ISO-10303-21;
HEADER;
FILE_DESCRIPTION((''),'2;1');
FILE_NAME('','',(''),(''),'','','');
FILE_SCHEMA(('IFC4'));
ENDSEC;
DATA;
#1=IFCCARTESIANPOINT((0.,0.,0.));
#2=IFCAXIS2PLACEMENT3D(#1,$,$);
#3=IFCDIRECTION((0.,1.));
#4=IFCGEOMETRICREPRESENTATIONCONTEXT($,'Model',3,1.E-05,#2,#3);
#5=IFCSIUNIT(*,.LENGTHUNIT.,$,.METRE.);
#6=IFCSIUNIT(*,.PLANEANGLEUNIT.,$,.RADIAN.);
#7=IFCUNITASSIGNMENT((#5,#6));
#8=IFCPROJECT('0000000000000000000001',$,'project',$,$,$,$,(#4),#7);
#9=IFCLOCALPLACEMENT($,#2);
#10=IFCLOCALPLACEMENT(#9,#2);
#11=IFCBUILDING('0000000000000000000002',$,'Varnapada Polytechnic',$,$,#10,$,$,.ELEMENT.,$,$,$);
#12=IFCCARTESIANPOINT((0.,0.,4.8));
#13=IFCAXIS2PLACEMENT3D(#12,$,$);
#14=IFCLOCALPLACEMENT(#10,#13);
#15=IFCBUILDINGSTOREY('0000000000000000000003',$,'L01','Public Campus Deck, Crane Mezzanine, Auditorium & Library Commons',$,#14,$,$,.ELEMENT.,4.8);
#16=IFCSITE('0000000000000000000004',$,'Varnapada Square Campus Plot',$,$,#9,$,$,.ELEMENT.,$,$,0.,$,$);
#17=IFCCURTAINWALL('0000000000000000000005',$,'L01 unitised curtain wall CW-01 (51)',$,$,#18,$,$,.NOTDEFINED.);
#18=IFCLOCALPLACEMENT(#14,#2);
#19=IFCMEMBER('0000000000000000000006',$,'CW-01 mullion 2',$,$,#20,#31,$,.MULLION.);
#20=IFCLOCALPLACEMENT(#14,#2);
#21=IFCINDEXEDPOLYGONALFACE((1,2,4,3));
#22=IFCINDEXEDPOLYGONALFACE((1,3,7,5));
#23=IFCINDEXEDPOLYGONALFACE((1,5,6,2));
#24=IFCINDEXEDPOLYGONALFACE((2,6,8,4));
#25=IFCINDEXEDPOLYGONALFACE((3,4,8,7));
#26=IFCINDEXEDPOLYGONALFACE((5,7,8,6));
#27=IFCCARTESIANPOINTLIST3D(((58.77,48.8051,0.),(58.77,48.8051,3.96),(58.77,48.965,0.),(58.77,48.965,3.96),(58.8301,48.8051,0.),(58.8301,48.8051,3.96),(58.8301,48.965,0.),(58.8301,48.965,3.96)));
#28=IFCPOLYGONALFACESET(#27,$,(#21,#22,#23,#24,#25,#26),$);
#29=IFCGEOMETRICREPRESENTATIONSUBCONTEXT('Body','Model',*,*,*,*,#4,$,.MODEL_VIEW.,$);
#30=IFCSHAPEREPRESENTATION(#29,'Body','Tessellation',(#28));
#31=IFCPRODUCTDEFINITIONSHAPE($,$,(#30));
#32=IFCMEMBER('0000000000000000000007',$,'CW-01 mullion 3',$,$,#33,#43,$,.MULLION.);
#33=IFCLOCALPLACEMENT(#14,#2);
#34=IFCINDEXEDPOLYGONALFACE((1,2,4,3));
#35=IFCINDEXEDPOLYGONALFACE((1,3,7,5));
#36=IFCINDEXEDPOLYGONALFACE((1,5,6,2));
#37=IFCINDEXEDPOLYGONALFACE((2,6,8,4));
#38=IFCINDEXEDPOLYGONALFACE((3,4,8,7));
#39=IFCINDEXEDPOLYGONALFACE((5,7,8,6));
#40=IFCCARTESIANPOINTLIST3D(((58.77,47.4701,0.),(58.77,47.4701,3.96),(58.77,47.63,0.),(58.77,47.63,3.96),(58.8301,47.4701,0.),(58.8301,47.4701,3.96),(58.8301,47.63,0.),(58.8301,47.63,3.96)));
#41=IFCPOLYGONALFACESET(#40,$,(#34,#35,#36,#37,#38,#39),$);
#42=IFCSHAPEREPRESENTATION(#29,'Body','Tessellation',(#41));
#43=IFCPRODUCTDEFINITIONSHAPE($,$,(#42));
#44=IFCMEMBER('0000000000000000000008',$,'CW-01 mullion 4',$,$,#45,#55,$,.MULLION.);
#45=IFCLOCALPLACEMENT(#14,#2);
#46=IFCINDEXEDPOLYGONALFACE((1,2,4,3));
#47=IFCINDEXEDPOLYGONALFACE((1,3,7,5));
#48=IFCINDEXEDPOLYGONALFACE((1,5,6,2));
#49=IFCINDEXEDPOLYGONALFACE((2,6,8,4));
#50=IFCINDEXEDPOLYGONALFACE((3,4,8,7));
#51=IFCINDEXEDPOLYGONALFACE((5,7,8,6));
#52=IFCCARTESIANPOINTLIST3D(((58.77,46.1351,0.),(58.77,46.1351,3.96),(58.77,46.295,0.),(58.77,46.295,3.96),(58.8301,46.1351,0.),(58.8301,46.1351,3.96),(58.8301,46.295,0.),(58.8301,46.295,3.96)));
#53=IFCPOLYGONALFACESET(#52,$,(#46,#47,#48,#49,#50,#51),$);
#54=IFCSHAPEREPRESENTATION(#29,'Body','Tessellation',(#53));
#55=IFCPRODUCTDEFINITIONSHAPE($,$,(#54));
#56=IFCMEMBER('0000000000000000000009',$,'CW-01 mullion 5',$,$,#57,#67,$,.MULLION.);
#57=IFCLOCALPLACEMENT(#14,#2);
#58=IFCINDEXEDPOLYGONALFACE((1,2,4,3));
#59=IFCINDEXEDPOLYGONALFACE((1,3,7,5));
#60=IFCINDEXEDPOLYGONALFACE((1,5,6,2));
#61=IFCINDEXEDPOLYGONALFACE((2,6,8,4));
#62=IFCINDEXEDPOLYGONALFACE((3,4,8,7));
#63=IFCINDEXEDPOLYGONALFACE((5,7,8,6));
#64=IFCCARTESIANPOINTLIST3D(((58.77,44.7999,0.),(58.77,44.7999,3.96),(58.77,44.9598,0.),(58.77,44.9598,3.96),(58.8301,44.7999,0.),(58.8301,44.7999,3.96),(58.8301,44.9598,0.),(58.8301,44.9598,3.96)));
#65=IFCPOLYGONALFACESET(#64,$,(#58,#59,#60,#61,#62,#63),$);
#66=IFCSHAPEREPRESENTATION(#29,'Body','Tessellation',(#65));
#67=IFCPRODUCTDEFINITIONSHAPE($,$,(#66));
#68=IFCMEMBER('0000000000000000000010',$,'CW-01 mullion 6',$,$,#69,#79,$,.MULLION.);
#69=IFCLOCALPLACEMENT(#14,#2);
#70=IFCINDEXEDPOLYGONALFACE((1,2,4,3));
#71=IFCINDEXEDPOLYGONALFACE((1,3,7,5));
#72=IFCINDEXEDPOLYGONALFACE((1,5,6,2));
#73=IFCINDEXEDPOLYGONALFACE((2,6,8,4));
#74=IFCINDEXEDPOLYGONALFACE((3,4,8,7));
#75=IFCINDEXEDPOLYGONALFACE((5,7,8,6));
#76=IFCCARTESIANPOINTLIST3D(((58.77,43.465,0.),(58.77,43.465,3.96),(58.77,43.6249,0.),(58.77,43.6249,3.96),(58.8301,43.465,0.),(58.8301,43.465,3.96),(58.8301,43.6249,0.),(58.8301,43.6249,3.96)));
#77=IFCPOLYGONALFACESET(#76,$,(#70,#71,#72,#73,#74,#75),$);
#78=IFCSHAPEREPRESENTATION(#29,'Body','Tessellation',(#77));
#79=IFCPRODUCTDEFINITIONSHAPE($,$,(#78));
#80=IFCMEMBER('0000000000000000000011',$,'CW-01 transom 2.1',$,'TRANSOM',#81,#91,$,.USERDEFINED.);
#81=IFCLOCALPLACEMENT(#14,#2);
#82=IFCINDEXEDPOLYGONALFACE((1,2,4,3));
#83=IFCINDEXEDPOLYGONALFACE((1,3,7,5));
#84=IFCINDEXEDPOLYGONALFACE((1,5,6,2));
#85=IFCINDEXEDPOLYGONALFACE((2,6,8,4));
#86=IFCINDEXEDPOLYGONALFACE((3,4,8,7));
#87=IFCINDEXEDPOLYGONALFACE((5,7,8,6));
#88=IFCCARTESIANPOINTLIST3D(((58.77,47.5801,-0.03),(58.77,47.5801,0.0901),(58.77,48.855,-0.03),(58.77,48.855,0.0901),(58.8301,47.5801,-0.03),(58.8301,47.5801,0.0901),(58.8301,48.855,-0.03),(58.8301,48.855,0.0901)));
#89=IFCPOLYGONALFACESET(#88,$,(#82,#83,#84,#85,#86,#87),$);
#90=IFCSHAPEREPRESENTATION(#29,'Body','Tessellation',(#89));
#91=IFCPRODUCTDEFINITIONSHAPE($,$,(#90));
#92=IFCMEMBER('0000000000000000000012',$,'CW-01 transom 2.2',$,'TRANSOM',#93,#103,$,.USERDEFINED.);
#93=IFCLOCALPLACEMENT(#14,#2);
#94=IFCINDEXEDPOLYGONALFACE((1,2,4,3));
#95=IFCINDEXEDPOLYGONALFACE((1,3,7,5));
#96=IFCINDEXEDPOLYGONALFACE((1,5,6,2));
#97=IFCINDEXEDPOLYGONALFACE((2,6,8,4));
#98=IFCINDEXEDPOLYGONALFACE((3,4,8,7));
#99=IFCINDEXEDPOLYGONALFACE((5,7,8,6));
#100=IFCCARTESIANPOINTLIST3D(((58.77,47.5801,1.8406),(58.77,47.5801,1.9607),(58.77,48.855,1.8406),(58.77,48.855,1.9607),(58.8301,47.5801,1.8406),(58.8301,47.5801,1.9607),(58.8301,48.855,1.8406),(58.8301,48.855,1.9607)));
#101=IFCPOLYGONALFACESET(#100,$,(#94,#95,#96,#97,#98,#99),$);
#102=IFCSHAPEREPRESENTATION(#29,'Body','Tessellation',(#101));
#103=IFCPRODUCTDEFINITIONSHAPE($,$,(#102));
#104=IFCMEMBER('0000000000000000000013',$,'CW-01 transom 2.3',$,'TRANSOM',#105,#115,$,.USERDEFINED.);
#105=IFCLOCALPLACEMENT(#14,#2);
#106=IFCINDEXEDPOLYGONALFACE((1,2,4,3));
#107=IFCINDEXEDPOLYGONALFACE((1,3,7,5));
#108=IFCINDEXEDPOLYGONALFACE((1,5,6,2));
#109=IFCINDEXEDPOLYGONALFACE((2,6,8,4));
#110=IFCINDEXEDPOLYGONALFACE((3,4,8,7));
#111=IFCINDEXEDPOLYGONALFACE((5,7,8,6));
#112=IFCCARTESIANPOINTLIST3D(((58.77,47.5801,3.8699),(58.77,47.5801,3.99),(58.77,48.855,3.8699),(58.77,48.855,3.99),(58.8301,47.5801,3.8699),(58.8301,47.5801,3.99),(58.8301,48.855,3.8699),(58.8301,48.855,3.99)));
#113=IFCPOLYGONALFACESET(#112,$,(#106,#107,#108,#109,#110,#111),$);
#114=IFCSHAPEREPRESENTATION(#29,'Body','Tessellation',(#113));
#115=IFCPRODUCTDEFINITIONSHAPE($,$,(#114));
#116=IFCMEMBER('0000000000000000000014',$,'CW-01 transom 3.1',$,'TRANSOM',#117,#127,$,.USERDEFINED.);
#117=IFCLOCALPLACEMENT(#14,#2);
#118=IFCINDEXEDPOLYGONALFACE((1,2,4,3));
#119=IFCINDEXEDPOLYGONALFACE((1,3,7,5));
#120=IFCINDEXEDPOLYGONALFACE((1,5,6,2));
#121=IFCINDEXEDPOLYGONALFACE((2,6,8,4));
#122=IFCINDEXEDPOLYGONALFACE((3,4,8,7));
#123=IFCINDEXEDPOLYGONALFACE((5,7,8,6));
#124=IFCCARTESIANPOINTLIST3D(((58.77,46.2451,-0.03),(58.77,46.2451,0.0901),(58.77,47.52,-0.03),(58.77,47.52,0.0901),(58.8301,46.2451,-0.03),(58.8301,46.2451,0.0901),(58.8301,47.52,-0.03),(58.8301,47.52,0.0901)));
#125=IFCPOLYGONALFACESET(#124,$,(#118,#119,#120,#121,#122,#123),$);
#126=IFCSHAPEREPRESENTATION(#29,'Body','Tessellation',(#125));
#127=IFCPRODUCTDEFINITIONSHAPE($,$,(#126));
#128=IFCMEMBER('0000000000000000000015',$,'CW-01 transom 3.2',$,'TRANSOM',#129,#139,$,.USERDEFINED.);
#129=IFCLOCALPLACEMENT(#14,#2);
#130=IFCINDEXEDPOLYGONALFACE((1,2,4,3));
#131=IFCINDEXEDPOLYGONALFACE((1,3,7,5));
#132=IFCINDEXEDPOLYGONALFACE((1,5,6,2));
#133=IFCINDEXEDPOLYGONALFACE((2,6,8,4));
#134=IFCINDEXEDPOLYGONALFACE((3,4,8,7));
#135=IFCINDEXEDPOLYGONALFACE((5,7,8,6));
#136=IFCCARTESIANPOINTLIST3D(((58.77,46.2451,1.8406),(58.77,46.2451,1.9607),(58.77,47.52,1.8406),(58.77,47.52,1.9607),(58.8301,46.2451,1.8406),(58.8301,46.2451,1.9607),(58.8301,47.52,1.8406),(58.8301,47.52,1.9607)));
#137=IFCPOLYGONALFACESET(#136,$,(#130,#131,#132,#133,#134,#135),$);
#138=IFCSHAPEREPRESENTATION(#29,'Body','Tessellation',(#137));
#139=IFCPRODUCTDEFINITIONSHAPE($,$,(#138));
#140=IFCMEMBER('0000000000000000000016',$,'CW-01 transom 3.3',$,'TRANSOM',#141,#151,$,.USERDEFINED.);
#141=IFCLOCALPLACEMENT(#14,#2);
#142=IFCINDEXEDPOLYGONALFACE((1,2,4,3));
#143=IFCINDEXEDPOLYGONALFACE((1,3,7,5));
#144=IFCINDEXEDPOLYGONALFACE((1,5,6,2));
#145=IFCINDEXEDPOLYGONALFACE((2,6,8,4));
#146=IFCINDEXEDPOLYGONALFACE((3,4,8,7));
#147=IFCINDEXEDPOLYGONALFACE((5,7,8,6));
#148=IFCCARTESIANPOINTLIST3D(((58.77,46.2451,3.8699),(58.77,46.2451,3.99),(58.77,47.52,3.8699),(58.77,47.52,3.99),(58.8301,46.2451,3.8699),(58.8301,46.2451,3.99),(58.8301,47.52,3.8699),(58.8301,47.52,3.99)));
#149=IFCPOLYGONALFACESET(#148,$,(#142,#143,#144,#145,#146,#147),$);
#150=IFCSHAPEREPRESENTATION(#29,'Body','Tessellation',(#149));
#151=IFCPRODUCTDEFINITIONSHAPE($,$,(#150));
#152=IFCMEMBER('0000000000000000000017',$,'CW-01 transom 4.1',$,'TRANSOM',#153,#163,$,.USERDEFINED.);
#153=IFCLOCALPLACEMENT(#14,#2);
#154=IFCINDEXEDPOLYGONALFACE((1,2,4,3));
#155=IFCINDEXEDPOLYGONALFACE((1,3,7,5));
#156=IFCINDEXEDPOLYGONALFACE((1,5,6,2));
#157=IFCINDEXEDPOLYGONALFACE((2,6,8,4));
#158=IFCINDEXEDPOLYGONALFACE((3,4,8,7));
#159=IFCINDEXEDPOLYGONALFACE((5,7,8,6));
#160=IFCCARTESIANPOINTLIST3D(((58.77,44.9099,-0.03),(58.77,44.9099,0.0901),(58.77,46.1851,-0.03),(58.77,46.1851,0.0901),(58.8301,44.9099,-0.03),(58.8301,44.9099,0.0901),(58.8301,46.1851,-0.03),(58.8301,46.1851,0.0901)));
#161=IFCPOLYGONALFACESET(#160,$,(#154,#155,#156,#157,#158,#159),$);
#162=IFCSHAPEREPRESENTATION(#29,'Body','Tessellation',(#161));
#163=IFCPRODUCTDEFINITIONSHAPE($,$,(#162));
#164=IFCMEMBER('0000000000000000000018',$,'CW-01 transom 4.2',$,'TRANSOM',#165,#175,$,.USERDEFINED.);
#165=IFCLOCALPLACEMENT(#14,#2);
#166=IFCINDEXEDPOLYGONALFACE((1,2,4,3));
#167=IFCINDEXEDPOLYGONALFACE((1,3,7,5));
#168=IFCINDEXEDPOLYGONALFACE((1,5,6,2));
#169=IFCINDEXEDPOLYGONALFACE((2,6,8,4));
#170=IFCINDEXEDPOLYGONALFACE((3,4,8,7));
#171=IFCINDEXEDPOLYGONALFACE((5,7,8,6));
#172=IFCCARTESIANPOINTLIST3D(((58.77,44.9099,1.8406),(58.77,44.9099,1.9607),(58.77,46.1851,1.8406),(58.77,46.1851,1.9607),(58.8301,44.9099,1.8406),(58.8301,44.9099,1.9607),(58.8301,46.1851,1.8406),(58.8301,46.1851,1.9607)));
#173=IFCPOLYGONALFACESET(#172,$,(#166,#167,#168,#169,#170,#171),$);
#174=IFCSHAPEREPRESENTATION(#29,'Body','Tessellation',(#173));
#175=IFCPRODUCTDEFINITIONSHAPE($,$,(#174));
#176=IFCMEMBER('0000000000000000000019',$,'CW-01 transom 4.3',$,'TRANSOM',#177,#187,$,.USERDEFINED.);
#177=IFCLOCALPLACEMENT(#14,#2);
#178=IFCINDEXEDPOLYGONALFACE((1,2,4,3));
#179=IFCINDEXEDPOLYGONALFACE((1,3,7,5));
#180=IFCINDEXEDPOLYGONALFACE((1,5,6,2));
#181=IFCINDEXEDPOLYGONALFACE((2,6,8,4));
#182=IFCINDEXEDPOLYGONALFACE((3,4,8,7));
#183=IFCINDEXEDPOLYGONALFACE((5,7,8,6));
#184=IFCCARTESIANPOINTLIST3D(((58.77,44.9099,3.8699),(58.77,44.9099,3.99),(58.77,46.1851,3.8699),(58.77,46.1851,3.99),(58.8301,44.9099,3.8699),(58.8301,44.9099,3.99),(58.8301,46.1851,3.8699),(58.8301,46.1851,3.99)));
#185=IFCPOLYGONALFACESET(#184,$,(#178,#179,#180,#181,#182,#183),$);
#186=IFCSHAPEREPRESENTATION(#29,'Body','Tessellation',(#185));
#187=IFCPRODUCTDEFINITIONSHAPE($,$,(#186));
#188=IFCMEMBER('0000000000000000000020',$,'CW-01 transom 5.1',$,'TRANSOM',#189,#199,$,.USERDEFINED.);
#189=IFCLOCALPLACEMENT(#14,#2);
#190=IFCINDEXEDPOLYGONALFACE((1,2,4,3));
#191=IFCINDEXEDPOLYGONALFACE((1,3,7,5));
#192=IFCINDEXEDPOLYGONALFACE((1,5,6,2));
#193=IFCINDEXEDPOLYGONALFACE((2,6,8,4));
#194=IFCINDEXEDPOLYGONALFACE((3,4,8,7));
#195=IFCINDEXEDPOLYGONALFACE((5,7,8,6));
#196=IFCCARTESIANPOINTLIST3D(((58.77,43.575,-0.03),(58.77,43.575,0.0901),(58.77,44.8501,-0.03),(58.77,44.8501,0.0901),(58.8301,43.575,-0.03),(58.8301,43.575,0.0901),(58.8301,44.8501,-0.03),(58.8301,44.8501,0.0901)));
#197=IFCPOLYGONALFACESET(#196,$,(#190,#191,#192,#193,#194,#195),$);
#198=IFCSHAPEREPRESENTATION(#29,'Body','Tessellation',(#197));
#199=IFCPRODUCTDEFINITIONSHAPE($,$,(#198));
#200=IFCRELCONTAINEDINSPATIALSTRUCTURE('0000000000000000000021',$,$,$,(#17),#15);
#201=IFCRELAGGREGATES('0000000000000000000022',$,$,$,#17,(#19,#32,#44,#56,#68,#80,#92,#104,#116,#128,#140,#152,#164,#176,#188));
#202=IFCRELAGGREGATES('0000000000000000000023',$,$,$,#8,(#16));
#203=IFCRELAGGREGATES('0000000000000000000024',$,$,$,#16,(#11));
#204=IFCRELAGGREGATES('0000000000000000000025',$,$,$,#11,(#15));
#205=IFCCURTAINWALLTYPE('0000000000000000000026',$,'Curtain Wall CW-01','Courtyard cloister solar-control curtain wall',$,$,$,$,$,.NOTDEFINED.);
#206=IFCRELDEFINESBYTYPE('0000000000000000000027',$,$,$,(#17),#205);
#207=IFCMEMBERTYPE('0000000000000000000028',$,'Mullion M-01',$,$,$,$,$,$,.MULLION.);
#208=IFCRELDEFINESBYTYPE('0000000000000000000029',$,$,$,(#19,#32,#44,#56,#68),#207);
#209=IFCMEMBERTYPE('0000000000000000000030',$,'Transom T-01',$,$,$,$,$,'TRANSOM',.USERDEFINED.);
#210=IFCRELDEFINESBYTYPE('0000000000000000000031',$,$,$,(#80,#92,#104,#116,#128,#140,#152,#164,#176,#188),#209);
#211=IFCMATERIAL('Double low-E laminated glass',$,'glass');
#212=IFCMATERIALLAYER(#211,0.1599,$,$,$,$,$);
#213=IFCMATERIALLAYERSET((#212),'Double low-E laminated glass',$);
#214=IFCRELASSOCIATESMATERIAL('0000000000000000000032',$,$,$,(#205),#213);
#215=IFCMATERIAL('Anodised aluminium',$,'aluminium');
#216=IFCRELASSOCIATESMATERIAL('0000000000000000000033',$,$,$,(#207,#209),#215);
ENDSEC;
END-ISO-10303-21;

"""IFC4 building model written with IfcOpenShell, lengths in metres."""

from ifc_helpers import new_model, si_unit, direction, frame, origin, origin_2d, place, context, subcontext, project, spatial, rectangle, extrude, material, layer, layer_set, material_profile, profile_set, type_object, element, aggregate, save


model = new_model("IFC4")

# Units and contexts
model_context = context("Model", 3, precision=1e-05, world=origin(), true_north=direction((0.0, 1.0)))
body_context = subcontext(model_context, "Body", "Model", "MODEL_VIEW")
ifc_project = project(units=[si_unit("LENGTHUNIT", "METRE"), si_unit("PLANEANGLEUNIT", "RADIAN")], contexts=[model_context])

# Site, building, storey
site_placement = place(None, origin())
site = spatial("IfcSite", under=ifc_project, at=site_placement, Name="Varnapada Square Campus Plot", CompositionType="ELEMENT", RefElevation=0.0)
building_placement = place(site_placement, origin())
building = spatial("IfcBuilding", under=site, at=building_placement, Name="Varnapada Polytechnic", CompositionType="ELEMENT")
storey_placement = place(building_placement, frame((0.0, 0.0, 4.8)))
storey = spatial("IfcBuildingStorey", under=building, at=storey_placement, Name="L01", Description="Public Campus Deck, Crane Mezzanine, Auditorium & Library Commons", CompositionType="ELEMENT", Elevation=4.8)

# Curtain wall, members
ifc_material_1 = material(Name="Double low-E laminated glass", Category="glass")
ifc_layer_1 = layer(ifc_material_1, 0.1599)
ifc_layer_set_1 = layer_set([ifc_layer_1], Name="Double low-E laminated glass")
curtain_wall_type = type_object("IfcCurtainWallType", Name="Curtain Wall CW-01", Description="Courtyard cloister solar-control curtain wall", PredefinedType="NOTDEFINED", material=ifc_layer_set_1)
curtain_wall_placement = place(storey_placement, origin())
curtain_wall = element("IfcCurtainWall", 1, at=curtain_wall_placement, inside=storey, type_object=curtain_wall_type, Name="L01 unitised curtain wall CW-01 (51)", PredefinedType="NOTDEFINED")
ifc_material_2 = material(Name="Anodised aluminium", Category="aluminium")
ifc_material_profile_1 = material_profile(ifc_material_2, rectangle(XDim=0.0601, YDim=0.1599, at=origin_2d()), Name="ALU M60x160")
ifc_profile_set_1 = profile_set([ifc_material_profile_1], Name="Anodised aluminium")
member_type_1 = type_object("IfcMemberType", Name="Mullion M-01", PredefinedType="MULLION", material=ifc_profile_set_1)
member_1_placement = place(storey_placement, frame((58.8, 48.885, 0.0), z_axis=(0.0, 0.0, 1.0), x_axis=(1.0, 0.0, 0.0)))
member_1 = element("IfcMember", 2, at=member_1_placement, type_object=member_type_1, Name="CW-01 mullion 2", PredefinedType="MULLION", context=body_context, shape_type="SweptSolid", body=[
    extrude(rectangle(XDim=0.0601, YDim=0.1599, at=origin_2d()), origin(), (0.0, 0.0, 1.0), 3.96),
])
member_2_placement = place(storey_placement, frame((58.8, 47.55, 0.0), z_axis=(0.0, 0.0, 1.0), x_axis=(1.0, 0.0, 0.0)))
member_2 = element("IfcMember", 3, at=member_2_placement, type_object=member_type_1, Name="CW-01 mullion 3", PredefinedType="MULLION", context=body_context, shape_type="SweptSolid", body=[
    extrude(rectangle(XDim=0.0601, YDim=0.1599, at=origin_2d()), origin(), (0.0, 0.0, 1.0), 3.96),
])
member_3_placement = place(storey_placement, frame((58.8, 46.2151, 0.0), z_axis=(0.0, 0.0, 1.0), x_axis=(1.0, 0.0, 0.0)))
member_3 = element("IfcMember", 4, at=member_3_placement, type_object=member_type_1, Name="CW-01 mullion 4", PredefinedType="MULLION", context=body_context, shape_type="SweptSolid", body=[
    extrude(rectangle(XDim=0.0601, YDim=0.1599, at=origin_2d()), origin(), (0.0, 0.0, 1.0), 3.96),
])
member_4_placement = place(storey_placement, frame((58.8, 44.8799, 0.0), z_axis=(0.0, 0.0, 1.0), x_axis=(1.0, 0.0, 0.0)))
member_4 = element("IfcMember", 5, at=member_4_placement, type_object=member_type_1, Name="CW-01 mullion 5", PredefinedType="MULLION", context=body_context, shape_type="SweptSolid", body=[
    extrude(rectangle(XDim=0.0601, YDim=0.1599, at=origin_2d()), origin(), (0.0, 0.0, 1.0), 3.96),
])
member_5_placement = place(storey_placement, frame((58.8, 43.5449, 0.0), z_axis=(0.0, 0.0, 1.0), x_axis=(1.0, 0.0, 0.0)))
member_5 = element("IfcMember", 6, at=member_5_placement, type_object=member_type_1, Name="CW-01 mullion 6", PredefinedType="MULLION", context=body_context, shape_type="SweptSolid", body=[
    extrude(rectangle(XDim=0.0601, YDim=0.1599, at=origin_2d()), origin(), (0.0, 0.0, 1.0), 3.96),
])
ifc_material_profile_2 = material_profile(ifc_material_2, rectangle(XDim=0.0601, YDim=0.1201, at=origin_2d()), Name="ALU T60x120")
ifc_profile_set_2 = profile_set([ifc_material_profile_2], Name="Anodised aluminium")
member_type_2 = type_object("IfcMemberType", Name="Transom T-01", ElementType="TRANSOM", PredefinedType="USERDEFINED", material=ifc_profile_set_2)
member_6_placement = place(storey_placement, frame((58.8, 48.855, 0.03), z_axis=(0.0, -1.0, 0.0), x_axis=(1.0, 0.0, 0.0)))
member_6 = element("IfcMember", 7, at=member_6_placement, type_object=member_type_2, Name="CW-01 transom 2.1", ObjectType="TRANSOM", PredefinedType="USERDEFINED", context=body_context, shape_type="SweptSolid", body=[
    extrude(rectangle(XDim=0.0601, YDim=0.1201, at=origin_2d()), origin(), (0.0, 0.0, 1.0), 1.2749),
])
member_7_placement = place(storey_placement, frame((58.8, 48.855, 1.9006), z_axis=(0.0, -1.0, 0.0), x_axis=(1.0, 0.0, 0.0)))
member_7 = element("IfcMember", 8, at=member_7_placement, type_object=member_type_2, Name="CW-01 transom 2.2", ObjectType="TRANSOM", PredefinedType="USERDEFINED", context=body_context, shape_type="SweptSolid", body=[
    extrude(rectangle(XDim=0.0601, YDim=0.1201, at=origin_2d()), origin(), (0.0, 0.0, 1.0), 1.2749),
])
member_8_placement = place(storey_placement, frame((58.8, 48.855, 3.9299), z_axis=(0.0, -1.0, 0.0), x_axis=(1.0, 0.0, 0.0)))
member_8 = element("IfcMember", 9, at=member_8_placement, type_object=member_type_2, Name="CW-01 transom 2.3", ObjectType="TRANSOM", PredefinedType="USERDEFINED", context=body_context, shape_type="SweptSolid", body=[
    extrude(rectangle(XDim=0.0601, YDim=0.1201, at=origin_2d()), origin(), (0.0, 0.0, 1.0), 1.2749),
])
member_9_placement = place(storey_placement, frame((58.8, 47.52, 0.03), z_axis=(0.0, -1.0, 0.0), x_axis=(1.0, 0.0, 0.0)))
member_9 = element("IfcMember", 10, at=member_9_placement, type_object=member_type_2, Name="CW-01 transom 3.1", ObjectType="TRANSOM", PredefinedType="USERDEFINED", context=body_context, shape_type="SweptSolid", body=[
    extrude(rectangle(XDim=0.0601, YDim=0.1201, at=origin_2d()), origin(), (0.0, 0.0, 1.0), 1.2749),
])
member_10_placement = place(storey_placement, frame((58.8, 47.52, 1.9006), z_axis=(0.0, -1.0, 0.0), x_axis=(1.0, 0.0, 0.0)))
member_10 = element("IfcMember", 11, at=member_10_placement, type_object=member_type_2, Name="CW-01 transom 3.2", ObjectType="TRANSOM", PredefinedType="USERDEFINED", context=body_context, shape_type="SweptSolid", body=[
    extrude(rectangle(XDim=0.0601, YDim=0.1201, at=origin_2d()), origin(), (0.0, 0.0, 1.0), 1.2749),
])
member_11_placement = place(storey_placement, frame((58.8, 47.52, 3.9299), z_axis=(0.0, -1.0, 0.0), x_axis=(1.0, 0.0, 0.0)))
member_11 = element("IfcMember", 12, at=member_11_placement, type_object=member_type_2, Name="CW-01 transom 3.3", ObjectType="TRANSOM", PredefinedType="USERDEFINED", context=body_context, shape_type="SweptSolid", body=[
    extrude(rectangle(XDim=0.0601, YDim=0.1201, at=origin_2d()), origin(), (0.0, 0.0, 1.0), 1.2749),
])
member_12_placement = place(storey_placement, frame((58.8, 46.1851, 0.03), z_axis=(0.0, -1.0, 0.0), x_axis=(1.0, 0.0, 0.0)))
member_12 = element("IfcMember", 13, at=member_12_placement, type_object=member_type_2, Name="CW-01 transom 4.1", ObjectType="TRANSOM", PredefinedType="USERDEFINED", context=body_context, shape_type="SweptSolid", body=[
    extrude(rectangle(XDim=0.0601, YDim=0.1201, at=origin_2d()), origin(), (0.0, 0.0, 1.0), 1.2751),
])
member_13_placement = place(storey_placement, frame((58.8, 46.1851, 1.9006), z_axis=(0.0, -1.0, 0.0), x_axis=(1.0, 0.0, 0.0)))
member_13 = element("IfcMember", 14, at=member_13_placement, type_object=member_type_2, Name="CW-01 transom 4.2", ObjectType="TRANSOM", PredefinedType="USERDEFINED", context=body_context, shape_type="SweptSolid", body=[
    extrude(rectangle(XDim=0.0601, YDim=0.1201, at=origin_2d()), origin(), (0.0, 0.0, 1.0), 1.2751),
])
member_14_placement = place(storey_placement, frame((58.8, 46.1851, 3.9299), z_axis=(0.0, -1.0, 0.0), x_axis=(1.0, 0.0, 0.0)))
member_14 = element("IfcMember", 15, at=member_14_placement, type_object=member_type_2, Name="CW-01 transom 4.3", ObjectType="TRANSOM", PredefinedType="USERDEFINED", context=body_context, shape_type="SweptSolid", body=[
    extrude(rectangle(XDim=0.0601, YDim=0.1201, at=origin_2d()), origin(), (0.0, 0.0, 1.0), 1.2751),
])
member_15_placement = place(storey_placement, frame((58.8, 44.8501, 0.03), z_axis=(0.0, -1.0, 0.0), x_axis=(1.0, 0.0, 0.0)))
member_15 = element("IfcMember", 16, at=member_15_placement, type_object=member_type_2, Name="CW-01 transom 5.1", ObjectType="TRANSOM", PredefinedType="USERDEFINED", context=body_context, shape_type="SweptSolid", body=[
    extrude(rectangle(XDim=0.0601, YDim=0.1201, at=origin_2d()), origin(), (0.0, 0.0, 1.0), 1.2751),
])
aggregate(curtain_wall, [member_1, member_2, member_3, member_4, member_5, member_6, member_7, member_8, member_9, member_10, member_11, member_12, member_13, member_14, member_15])

save(model, "model.ifc")
